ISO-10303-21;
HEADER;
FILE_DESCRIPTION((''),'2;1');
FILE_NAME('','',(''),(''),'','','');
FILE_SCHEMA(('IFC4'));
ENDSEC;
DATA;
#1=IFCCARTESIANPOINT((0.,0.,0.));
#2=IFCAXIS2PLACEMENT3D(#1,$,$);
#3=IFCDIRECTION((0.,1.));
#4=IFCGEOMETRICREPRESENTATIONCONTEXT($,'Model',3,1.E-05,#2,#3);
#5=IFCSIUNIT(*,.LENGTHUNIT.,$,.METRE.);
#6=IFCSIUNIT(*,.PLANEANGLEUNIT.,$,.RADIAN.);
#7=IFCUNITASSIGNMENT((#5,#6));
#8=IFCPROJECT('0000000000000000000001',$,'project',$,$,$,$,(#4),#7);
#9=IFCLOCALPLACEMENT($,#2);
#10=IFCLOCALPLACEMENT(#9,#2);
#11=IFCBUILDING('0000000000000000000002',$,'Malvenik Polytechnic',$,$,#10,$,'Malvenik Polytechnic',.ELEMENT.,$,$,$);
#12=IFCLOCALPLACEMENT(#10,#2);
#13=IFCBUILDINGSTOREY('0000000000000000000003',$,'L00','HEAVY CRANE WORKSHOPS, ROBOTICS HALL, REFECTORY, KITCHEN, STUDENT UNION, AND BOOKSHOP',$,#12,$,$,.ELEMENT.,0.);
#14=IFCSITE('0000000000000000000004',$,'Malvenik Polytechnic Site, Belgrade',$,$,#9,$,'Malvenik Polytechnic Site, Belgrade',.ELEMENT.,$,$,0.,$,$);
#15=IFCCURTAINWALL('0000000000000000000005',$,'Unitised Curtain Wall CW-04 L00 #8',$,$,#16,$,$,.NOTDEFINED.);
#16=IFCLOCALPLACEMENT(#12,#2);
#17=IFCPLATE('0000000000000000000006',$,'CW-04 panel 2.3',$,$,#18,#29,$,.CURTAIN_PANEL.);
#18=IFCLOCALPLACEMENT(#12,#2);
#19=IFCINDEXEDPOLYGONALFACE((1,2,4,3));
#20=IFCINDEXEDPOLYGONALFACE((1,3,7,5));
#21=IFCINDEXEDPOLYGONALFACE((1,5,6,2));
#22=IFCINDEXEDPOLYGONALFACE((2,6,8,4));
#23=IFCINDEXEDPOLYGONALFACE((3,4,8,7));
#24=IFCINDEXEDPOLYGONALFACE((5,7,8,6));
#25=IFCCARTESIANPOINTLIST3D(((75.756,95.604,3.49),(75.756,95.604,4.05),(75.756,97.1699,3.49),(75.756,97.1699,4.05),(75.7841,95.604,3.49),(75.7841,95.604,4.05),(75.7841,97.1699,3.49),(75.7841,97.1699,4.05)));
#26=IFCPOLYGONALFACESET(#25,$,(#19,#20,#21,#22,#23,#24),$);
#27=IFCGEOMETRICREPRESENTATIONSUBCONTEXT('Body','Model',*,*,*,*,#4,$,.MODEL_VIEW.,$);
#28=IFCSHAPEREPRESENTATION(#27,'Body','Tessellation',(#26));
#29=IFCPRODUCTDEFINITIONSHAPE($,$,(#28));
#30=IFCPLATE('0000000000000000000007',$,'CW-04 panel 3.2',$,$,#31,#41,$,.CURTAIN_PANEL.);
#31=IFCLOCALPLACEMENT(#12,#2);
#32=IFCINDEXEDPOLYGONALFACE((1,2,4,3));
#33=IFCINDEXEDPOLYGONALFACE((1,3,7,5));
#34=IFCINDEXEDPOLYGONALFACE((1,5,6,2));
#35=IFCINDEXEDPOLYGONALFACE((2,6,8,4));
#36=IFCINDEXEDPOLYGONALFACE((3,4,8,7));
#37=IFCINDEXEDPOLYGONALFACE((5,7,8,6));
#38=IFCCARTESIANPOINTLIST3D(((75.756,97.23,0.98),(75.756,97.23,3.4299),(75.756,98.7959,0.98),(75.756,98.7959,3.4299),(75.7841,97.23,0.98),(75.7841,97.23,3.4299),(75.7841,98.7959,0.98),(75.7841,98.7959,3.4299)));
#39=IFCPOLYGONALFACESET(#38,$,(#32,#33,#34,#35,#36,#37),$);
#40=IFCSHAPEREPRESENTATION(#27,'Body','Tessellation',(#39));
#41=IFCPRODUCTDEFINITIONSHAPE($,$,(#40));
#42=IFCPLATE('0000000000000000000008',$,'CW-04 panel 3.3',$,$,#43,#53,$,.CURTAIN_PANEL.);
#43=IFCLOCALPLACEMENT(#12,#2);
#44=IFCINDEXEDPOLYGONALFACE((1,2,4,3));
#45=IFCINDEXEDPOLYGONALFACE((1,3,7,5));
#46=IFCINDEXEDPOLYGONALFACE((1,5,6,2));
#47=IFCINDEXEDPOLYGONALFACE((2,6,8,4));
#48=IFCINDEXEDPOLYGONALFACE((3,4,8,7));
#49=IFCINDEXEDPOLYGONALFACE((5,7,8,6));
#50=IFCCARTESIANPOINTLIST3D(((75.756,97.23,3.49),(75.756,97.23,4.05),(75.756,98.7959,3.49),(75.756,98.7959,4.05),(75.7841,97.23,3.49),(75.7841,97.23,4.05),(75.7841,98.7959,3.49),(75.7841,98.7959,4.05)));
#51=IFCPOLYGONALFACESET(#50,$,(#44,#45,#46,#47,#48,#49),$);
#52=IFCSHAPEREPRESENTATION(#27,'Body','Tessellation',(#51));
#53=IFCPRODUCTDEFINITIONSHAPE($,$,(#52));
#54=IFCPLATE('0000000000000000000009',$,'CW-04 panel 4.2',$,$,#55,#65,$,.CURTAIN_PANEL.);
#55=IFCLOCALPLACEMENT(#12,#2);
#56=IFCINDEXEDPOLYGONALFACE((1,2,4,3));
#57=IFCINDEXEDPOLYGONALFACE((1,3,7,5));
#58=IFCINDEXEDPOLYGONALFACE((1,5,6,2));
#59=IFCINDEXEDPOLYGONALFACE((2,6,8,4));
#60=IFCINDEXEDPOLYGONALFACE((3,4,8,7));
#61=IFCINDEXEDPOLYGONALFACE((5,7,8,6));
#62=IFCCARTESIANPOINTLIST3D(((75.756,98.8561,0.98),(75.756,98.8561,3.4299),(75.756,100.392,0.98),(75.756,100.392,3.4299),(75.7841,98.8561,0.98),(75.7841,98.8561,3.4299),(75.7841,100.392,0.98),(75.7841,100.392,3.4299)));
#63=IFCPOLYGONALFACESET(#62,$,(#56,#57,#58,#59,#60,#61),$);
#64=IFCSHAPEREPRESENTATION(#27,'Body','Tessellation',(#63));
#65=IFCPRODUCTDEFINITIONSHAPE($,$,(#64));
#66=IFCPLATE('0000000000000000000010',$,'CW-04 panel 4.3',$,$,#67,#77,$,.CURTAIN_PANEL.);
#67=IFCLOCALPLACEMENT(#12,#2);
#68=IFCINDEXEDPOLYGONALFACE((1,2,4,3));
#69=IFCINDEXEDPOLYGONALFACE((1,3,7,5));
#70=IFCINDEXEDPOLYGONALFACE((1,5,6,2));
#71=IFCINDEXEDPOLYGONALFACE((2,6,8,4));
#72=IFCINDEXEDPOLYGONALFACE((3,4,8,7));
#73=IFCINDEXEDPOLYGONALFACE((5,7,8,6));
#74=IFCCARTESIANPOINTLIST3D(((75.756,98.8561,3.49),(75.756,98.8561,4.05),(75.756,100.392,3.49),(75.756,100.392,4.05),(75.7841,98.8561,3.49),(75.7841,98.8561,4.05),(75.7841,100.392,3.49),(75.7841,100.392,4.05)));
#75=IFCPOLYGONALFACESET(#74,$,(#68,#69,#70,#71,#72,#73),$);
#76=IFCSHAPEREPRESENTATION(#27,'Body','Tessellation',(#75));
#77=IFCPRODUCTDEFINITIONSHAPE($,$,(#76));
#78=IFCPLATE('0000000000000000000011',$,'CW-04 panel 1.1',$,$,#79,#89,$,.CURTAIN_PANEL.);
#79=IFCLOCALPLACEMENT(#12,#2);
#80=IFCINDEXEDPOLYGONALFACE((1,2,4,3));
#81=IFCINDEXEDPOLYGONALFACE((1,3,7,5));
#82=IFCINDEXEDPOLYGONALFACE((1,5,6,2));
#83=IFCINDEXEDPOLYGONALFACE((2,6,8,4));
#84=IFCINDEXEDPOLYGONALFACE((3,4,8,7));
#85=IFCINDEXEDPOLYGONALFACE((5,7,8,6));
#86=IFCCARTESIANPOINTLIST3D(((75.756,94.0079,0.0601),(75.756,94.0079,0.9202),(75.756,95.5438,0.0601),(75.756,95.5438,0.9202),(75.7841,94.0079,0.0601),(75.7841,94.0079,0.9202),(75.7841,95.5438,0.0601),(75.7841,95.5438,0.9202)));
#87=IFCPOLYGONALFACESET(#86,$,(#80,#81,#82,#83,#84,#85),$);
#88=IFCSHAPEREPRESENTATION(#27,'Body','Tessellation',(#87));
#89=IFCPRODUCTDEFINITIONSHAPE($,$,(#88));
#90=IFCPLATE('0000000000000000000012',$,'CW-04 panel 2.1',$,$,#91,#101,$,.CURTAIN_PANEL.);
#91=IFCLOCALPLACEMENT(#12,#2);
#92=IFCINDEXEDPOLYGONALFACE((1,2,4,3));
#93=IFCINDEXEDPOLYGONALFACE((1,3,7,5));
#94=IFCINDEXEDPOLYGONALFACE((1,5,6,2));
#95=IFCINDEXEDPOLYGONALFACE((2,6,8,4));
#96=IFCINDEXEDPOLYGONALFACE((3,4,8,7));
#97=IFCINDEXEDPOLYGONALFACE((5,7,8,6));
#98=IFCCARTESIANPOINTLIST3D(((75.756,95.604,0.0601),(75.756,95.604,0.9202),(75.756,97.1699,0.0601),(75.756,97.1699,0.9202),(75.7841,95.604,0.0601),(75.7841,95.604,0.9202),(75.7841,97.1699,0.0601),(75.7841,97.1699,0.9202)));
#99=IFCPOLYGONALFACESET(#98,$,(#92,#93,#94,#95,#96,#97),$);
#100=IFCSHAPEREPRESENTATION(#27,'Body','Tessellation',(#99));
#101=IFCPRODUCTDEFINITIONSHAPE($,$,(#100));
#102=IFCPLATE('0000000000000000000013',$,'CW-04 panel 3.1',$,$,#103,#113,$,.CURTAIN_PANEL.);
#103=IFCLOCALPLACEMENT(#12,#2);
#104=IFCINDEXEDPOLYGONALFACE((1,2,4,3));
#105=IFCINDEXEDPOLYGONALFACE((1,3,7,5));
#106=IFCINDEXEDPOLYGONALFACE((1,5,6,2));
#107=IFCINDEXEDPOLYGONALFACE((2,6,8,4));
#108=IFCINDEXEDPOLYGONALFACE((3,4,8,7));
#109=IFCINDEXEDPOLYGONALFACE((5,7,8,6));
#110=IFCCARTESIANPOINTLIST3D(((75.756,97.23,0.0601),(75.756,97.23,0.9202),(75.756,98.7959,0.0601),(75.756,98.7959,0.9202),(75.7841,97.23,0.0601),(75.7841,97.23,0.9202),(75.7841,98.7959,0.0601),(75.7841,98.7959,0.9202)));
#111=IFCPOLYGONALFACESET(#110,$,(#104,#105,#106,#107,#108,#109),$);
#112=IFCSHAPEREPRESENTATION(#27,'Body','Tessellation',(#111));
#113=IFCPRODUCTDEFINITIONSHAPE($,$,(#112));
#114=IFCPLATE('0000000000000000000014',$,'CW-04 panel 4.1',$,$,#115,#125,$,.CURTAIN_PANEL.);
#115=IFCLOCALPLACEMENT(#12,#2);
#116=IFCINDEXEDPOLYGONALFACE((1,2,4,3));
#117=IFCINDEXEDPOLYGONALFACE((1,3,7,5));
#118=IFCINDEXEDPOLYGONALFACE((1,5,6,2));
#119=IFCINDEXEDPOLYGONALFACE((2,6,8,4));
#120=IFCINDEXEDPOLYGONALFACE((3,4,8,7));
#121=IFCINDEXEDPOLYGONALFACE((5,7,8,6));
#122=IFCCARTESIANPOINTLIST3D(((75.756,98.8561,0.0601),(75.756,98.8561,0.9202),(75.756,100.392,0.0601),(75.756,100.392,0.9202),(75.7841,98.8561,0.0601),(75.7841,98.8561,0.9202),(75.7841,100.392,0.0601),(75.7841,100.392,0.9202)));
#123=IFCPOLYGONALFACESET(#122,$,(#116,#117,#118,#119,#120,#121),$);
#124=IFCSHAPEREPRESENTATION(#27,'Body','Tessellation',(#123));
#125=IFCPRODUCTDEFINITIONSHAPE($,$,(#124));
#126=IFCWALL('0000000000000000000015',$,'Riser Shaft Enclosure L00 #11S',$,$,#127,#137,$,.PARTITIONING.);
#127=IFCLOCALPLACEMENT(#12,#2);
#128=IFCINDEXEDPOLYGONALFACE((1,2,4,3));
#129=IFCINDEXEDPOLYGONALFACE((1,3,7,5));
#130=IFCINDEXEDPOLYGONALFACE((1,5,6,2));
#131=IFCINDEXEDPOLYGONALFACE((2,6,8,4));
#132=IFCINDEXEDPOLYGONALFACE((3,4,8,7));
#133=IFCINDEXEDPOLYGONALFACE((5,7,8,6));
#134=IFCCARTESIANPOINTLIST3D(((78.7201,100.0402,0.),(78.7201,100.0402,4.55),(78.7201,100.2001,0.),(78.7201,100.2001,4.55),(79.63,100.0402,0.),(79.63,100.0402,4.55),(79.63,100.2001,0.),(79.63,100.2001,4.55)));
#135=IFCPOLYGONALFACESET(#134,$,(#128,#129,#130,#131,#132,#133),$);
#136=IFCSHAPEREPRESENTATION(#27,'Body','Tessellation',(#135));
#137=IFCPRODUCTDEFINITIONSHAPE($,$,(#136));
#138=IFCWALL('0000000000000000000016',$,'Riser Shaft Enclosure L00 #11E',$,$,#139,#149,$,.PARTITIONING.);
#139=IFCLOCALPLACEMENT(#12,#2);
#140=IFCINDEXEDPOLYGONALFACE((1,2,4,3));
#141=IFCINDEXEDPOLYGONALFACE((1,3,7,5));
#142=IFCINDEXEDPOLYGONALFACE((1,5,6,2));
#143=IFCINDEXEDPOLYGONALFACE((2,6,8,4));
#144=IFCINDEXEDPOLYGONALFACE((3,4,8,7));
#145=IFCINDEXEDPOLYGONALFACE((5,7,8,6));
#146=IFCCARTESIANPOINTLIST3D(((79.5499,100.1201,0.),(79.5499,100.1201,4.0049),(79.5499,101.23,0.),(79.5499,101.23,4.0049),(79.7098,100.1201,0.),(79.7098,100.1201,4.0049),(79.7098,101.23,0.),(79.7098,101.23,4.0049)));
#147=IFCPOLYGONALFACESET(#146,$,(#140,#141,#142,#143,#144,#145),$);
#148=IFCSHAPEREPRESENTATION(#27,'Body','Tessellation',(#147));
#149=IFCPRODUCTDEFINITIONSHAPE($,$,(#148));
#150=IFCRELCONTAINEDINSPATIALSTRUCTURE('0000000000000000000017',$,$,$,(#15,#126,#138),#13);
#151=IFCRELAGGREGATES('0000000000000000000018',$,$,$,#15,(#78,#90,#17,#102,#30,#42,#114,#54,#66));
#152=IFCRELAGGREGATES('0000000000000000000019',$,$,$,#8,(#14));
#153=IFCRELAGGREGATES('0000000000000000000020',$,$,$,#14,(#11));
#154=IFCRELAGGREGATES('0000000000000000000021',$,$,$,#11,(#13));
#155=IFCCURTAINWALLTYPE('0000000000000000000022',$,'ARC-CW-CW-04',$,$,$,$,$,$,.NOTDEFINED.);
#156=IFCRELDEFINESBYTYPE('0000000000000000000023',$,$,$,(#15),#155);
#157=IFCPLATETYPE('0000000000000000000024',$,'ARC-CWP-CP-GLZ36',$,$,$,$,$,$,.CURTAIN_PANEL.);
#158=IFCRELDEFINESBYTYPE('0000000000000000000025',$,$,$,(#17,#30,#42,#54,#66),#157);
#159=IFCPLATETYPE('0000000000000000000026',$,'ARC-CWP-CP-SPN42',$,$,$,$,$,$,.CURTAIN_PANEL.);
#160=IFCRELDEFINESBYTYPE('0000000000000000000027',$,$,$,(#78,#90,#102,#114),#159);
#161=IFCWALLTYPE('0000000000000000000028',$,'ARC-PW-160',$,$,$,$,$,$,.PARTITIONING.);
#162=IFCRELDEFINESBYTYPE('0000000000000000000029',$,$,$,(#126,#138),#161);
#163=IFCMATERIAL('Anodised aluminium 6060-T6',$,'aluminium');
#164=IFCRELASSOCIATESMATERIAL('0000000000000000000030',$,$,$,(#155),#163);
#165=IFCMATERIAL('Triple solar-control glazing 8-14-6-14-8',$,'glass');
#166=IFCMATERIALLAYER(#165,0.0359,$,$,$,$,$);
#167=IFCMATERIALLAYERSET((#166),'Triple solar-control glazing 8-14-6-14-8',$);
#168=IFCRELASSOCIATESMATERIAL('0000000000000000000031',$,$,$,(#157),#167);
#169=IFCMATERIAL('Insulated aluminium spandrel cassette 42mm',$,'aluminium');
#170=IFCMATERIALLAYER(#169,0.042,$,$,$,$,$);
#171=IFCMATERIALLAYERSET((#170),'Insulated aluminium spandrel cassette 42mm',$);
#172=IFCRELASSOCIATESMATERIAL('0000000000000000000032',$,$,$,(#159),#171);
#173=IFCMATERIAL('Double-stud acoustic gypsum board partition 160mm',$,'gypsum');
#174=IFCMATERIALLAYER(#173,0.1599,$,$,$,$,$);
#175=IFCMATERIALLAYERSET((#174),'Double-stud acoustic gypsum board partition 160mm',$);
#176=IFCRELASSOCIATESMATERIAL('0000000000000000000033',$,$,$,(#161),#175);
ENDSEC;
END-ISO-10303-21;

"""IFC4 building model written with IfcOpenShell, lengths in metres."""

from ifc_helpers import new_model, si_unit, direction, frame, frame_2d, origin, origin_2d, place, context, subcontext, project, spatial, rectangle, extrude, material, layer, layer_set, type_object, element, aggregate, save


model = new_model("IFC4")

# Units and contexts
model_context = context("Model", 3, precision=1e-05, world=origin(), true_north=direction((0.0, 1.0)))
body_context = subcontext(model_context, "Body", "Model", "MODEL_VIEW")
ifc_project = project(units=[si_unit("LENGTHUNIT", "METRE"), si_unit("PLANEANGLEUNIT", "RADIAN")], contexts=[model_context])

# Site, building, storey
site_placement = place(None, origin())
site = spatial("IfcSite", under=ifc_project, at=site_placement, Name="Malvenik Polytechnic Site, Belgrade", LongName="Malvenik Polytechnic Site, Belgrade", CompositionType="ELEMENT", RefElevation=0.0)
building_placement = place(site_placement, origin())
building = spatial("IfcBuilding", under=site, at=building_placement, Name="Malvenik Polytechnic", LongName="Malvenik Polytechnic", CompositionType="ELEMENT")
storey_placement = place(building_placement, origin())
storey = spatial("IfcBuildingStorey", under=building, at=storey_placement, Name="L00", Description="HEAVY CRANE WORKSHOPS, ROBOTICS HALL, REFECTORY, KITCHEN, STUDENT UNION, AND BOOKSHOP", CompositionType="ELEMENT", Elevation=0.0)

# Curtain wall
ifc_material_1 = material(Name="Anodised aluminium 6060-T6", Category="aluminium")
curtain_wall_type = type_object("IfcCurtainWallType", Name="ARC-CW-CW-04", PredefinedType="NOTDEFINED", material=ifc_material_1)
curtain_wall_placement = place(storey_placement, origin())
curtain_wall = element("IfcCurtainWall", 1, at=curtain_wall_placement, inside=storey, type_object=curtain_wall_type, Name="Unitised Curtain Wall CW-04 L00 #8", PredefinedType="NOTDEFINED")

# Plates
ifc_material_2 = material(Name="Triple solar-control glazing 8-14-6-14-8", Category="glass")
ifc_layer_1 = layer(ifc_material_2, 0.0359)
ifc_layer_set_1 = layer_set([ifc_layer_1], Name="Triple solar-control glazing 8-14-6-14-8")
plate_type_1 = type_object("IfcPlateType", Name="ARC-CWP-CP-GLZ36", PredefinedType="CURTAIN_PANEL", material=ifc_layer_set_1)
plate_1_placement = place(storey_placement, frame((75.77, 96.387, 3.49), z_axis=(0.0, 0.0, 1.0), x_axis=(0.0, 1.0, 0.0)))
plate_1 = element("IfcPlate", 2, at=plate_1_placement, type_object=plate_type_1, Name="CW-04 panel 2.3", PredefinedType="CURTAIN_PANEL", context=body_context, shape_type="SweptSolid", body=[
    extrude(rectangle(XDim=1.5659, YDim=0.0281, at=origin_2d()), origin(), (0.0, 0.0, 1.0), 0.5601),
])
plate_2_placement = place(storey_placement, frame((75.77, 98.0129, 0.98), z_axis=(0.0, 0.0, 1.0), x_axis=(0.0, 1.0, 0.0)))
plate_2 = element("IfcPlate", 3, at=plate_2_placement, type_object=plate_type_1, Name="CW-04 panel 3.2", PredefinedType="CURTAIN_PANEL", context=body_context, shape_type="SweptSolid", body=[
    extrude(rectangle(XDim=1.5659, YDim=0.0281, at=origin_2d()), origin(), (0.0, 0.0, 1.0), 2.45),
])
plate_3_placement = place(storey_placement, frame((75.77, 98.0129, 3.49), z_axis=(0.0, 0.0, 1.0), x_axis=(0.0, 1.0, 0.0)))
plate_3 = element("IfcPlate", 4, at=plate_3_placement, type_object=plate_type_1, Name="CW-04 panel 3.3", PredefinedType="CURTAIN_PANEL", context=body_context, shape_type="SweptSolid", body=[
    extrude(rectangle(XDim=1.5659, YDim=0.0281, at=origin_2d()), origin(), (0.0, 0.0, 1.0), 0.5601),
])
plate_4_placement = place(storey_placement, frame((75.77, 99.624, 0.98), z_axis=(0.0, 0.0, 1.0), x_axis=(0.0, 1.0, 0.0)))
plate_4 = element("IfcPlate", 5, at=plate_4_placement, type_object=plate_type_1, Name="CW-04 panel 4.2", PredefinedType="CURTAIN_PANEL", context=body_context, shape_type="SweptSolid", body=[
    extrude(rectangle(XDim=1.5359, YDim=0.0281, at=origin_2d()), origin(), (0.0, 0.0, 1.0), 2.45),
])
plate_5_placement = place(storey_placement, frame((75.77, 99.624, 3.49), z_axis=(0.0, 0.0, 1.0), x_axis=(0.0, 1.0, 0.0)))
plate_5 = element("IfcPlate", 6, at=plate_5_placement, type_object=plate_type_1, Name="CW-04 panel 4.3", PredefinedType="CURTAIN_PANEL", context=body_context, shape_type="SweptSolid", body=[
    extrude(rectangle(XDim=1.5359, YDim=0.0281, at=origin_2d()), origin(), (0.0, 0.0, 1.0), 0.5601),
])
ifc_material_3 = material(Name="Insulated aluminium spandrel cassette 42mm", Category="aluminium")
ifc_layer_2 = layer(ifc_material_3, 0.042)
ifc_layer_set_2 = layer_set([ifc_layer_2], Name="Insulated aluminium spandrel cassette 42mm")
plate_type_2 = type_object("IfcPlateType", Name="ARC-CWP-CP-SPN42", PredefinedType="CURTAIN_PANEL", material=ifc_layer_set_2)
plate_6_placement = place(storey_placement, frame((75.77, 94.7759, 0.0601), z_axis=(0.0, 0.0, 1.0), x_axis=(0.0, 1.0, 0.0)))
plate_6 = element("IfcPlate", 7, at=plate_6_placement, type_object=plate_type_2, Name="CW-04 panel 1.1", PredefinedType="CURTAIN_PANEL", context=body_context, shape_type="SweptSolid", body=[
    extrude(rectangle(XDim=1.5359, YDim=0.0281, at=origin_2d()), origin(), (0.0, 0.0, 1.0), 0.8601),
])
plate_7_placement = place(storey_placement, frame((75.77, 96.387, 0.0601), z_axis=(0.0, 0.0, 1.0), x_axis=(0.0, 1.0, 0.0)))
plate_7 = element("IfcPlate", 8, at=plate_7_placement, type_object=plate_type_2, Name="CW-04 panel 2.1", PredefinedType="CURTAIN_PANEL", context=body_context, shape_type="SweptSolid", body=[
    extrude(rectangle(XDim=1.5659, YDim=0.0281, at=origin_2d()), origin(), (0.0, 0.0, 1.0), 0.8601),
])
plate_8_placement = place(storey_placement, frame((75.77, 98.0129, 0.0601), z_axis=(0.0, 0.0, 1.0), x_axis=(0.0, 1.0, 0.0)))
plate_8 = element("IfcPlate", 9, at=plate_8_placement, type_object=plate_type_2, Name="CW-04 panel 3.1", PredefinedType="CURTAIN_PANEL", context=body_context, shape_type="SweptSolid", body=[
    extrude(rectangle(XDim=1.5659, YDim=0.0281, at=origin_2d()), origin(), (0.0, 0.0, 1.0), 0.8601),
])
plate_9_placement = place(storey_placement, frame((75.77, 99.624, 0.0601), z_axis=(0.0, 0.0, 1.0), x_axis=(0.0, 1.0, 0.0)))
plate_9 = element("IfcPlate", 10, at=plate_9_placement, type_object=plate_type_2, Name="CW-04 panel 4.1", PredefinedType="CURTAIN_PANEL", context=body_context, shape_type="SweptSolid", body=[
    extrude(rectangle(XDim=1.5359, YDim=0.0281, at=origin_2d()), origin(), (0.0, 0.0, 1.0), 0.8601),
])
aggregate(curtain_wall, [plate_6, plate_7, plate_1, plate_8, plate_2, plate_3, plate_9, plate_4, plate_5])

# Walls
ifc_material_4 = material(Name="Double-stud acoustic gypsum board partition 160mm", Category="gypsum")
ifc_layer_3 = layer(ifc_material_4, 0.1599)
ifc_layer_set_3 = layer_set([ifc_layer_3], Name="Double-stud acoustic gypsum board partition 160mm")
wall_type = type_object("IfcWallType", Name="ARC-PW-160", PredefinedType="PARTITIONING", material=ifc_layer_set_3)
wall_1_placement = place(storey_placement, frame((78.72, 100.1201, 0.0), z_axis=(0.0, 0.0, 1.0), x_axis=(1.0, 0.0, 0.0)))
element("IfcWall", 11, at=wall_1_placement, inside=storey, type_object=wall_type, Name="Riser Shaft Enclosure L00 #11S", PredefinedType="PARTITIONING", context=body_context, shape_type="SweptSolid", body=[
    extrude(rectangle(XDim=0.9099, YDim=0.1599, at=frame_2d((0.4551, 0.0))), origin(), (0.0, 0.0, 1.0), 4.55),
])
wall_2_placement = place(storey_placement, frame((79.6299, 100.1201, 0.0), z_axis=(0.0, 0.0, 1.0), x_axis=(0.0, 1.0, 0.0)))
element("IfcWall", 12, at=wall_2_placement, inside=storey, type_object=wall_type, Name="Riser Shaft Enclosure L00 #11E", PredefinedType="PARTITIONING", context=body_context, shape_type="SweptSolid", body=[
    extrude(rectangle(XDim=1.1099, YDim=0.1599, at=frame_2d((0.5549, 0.0))), origin(), (0.0, 0.0, 1.0), 4.0049),
])

save(model, "model.ifc")
